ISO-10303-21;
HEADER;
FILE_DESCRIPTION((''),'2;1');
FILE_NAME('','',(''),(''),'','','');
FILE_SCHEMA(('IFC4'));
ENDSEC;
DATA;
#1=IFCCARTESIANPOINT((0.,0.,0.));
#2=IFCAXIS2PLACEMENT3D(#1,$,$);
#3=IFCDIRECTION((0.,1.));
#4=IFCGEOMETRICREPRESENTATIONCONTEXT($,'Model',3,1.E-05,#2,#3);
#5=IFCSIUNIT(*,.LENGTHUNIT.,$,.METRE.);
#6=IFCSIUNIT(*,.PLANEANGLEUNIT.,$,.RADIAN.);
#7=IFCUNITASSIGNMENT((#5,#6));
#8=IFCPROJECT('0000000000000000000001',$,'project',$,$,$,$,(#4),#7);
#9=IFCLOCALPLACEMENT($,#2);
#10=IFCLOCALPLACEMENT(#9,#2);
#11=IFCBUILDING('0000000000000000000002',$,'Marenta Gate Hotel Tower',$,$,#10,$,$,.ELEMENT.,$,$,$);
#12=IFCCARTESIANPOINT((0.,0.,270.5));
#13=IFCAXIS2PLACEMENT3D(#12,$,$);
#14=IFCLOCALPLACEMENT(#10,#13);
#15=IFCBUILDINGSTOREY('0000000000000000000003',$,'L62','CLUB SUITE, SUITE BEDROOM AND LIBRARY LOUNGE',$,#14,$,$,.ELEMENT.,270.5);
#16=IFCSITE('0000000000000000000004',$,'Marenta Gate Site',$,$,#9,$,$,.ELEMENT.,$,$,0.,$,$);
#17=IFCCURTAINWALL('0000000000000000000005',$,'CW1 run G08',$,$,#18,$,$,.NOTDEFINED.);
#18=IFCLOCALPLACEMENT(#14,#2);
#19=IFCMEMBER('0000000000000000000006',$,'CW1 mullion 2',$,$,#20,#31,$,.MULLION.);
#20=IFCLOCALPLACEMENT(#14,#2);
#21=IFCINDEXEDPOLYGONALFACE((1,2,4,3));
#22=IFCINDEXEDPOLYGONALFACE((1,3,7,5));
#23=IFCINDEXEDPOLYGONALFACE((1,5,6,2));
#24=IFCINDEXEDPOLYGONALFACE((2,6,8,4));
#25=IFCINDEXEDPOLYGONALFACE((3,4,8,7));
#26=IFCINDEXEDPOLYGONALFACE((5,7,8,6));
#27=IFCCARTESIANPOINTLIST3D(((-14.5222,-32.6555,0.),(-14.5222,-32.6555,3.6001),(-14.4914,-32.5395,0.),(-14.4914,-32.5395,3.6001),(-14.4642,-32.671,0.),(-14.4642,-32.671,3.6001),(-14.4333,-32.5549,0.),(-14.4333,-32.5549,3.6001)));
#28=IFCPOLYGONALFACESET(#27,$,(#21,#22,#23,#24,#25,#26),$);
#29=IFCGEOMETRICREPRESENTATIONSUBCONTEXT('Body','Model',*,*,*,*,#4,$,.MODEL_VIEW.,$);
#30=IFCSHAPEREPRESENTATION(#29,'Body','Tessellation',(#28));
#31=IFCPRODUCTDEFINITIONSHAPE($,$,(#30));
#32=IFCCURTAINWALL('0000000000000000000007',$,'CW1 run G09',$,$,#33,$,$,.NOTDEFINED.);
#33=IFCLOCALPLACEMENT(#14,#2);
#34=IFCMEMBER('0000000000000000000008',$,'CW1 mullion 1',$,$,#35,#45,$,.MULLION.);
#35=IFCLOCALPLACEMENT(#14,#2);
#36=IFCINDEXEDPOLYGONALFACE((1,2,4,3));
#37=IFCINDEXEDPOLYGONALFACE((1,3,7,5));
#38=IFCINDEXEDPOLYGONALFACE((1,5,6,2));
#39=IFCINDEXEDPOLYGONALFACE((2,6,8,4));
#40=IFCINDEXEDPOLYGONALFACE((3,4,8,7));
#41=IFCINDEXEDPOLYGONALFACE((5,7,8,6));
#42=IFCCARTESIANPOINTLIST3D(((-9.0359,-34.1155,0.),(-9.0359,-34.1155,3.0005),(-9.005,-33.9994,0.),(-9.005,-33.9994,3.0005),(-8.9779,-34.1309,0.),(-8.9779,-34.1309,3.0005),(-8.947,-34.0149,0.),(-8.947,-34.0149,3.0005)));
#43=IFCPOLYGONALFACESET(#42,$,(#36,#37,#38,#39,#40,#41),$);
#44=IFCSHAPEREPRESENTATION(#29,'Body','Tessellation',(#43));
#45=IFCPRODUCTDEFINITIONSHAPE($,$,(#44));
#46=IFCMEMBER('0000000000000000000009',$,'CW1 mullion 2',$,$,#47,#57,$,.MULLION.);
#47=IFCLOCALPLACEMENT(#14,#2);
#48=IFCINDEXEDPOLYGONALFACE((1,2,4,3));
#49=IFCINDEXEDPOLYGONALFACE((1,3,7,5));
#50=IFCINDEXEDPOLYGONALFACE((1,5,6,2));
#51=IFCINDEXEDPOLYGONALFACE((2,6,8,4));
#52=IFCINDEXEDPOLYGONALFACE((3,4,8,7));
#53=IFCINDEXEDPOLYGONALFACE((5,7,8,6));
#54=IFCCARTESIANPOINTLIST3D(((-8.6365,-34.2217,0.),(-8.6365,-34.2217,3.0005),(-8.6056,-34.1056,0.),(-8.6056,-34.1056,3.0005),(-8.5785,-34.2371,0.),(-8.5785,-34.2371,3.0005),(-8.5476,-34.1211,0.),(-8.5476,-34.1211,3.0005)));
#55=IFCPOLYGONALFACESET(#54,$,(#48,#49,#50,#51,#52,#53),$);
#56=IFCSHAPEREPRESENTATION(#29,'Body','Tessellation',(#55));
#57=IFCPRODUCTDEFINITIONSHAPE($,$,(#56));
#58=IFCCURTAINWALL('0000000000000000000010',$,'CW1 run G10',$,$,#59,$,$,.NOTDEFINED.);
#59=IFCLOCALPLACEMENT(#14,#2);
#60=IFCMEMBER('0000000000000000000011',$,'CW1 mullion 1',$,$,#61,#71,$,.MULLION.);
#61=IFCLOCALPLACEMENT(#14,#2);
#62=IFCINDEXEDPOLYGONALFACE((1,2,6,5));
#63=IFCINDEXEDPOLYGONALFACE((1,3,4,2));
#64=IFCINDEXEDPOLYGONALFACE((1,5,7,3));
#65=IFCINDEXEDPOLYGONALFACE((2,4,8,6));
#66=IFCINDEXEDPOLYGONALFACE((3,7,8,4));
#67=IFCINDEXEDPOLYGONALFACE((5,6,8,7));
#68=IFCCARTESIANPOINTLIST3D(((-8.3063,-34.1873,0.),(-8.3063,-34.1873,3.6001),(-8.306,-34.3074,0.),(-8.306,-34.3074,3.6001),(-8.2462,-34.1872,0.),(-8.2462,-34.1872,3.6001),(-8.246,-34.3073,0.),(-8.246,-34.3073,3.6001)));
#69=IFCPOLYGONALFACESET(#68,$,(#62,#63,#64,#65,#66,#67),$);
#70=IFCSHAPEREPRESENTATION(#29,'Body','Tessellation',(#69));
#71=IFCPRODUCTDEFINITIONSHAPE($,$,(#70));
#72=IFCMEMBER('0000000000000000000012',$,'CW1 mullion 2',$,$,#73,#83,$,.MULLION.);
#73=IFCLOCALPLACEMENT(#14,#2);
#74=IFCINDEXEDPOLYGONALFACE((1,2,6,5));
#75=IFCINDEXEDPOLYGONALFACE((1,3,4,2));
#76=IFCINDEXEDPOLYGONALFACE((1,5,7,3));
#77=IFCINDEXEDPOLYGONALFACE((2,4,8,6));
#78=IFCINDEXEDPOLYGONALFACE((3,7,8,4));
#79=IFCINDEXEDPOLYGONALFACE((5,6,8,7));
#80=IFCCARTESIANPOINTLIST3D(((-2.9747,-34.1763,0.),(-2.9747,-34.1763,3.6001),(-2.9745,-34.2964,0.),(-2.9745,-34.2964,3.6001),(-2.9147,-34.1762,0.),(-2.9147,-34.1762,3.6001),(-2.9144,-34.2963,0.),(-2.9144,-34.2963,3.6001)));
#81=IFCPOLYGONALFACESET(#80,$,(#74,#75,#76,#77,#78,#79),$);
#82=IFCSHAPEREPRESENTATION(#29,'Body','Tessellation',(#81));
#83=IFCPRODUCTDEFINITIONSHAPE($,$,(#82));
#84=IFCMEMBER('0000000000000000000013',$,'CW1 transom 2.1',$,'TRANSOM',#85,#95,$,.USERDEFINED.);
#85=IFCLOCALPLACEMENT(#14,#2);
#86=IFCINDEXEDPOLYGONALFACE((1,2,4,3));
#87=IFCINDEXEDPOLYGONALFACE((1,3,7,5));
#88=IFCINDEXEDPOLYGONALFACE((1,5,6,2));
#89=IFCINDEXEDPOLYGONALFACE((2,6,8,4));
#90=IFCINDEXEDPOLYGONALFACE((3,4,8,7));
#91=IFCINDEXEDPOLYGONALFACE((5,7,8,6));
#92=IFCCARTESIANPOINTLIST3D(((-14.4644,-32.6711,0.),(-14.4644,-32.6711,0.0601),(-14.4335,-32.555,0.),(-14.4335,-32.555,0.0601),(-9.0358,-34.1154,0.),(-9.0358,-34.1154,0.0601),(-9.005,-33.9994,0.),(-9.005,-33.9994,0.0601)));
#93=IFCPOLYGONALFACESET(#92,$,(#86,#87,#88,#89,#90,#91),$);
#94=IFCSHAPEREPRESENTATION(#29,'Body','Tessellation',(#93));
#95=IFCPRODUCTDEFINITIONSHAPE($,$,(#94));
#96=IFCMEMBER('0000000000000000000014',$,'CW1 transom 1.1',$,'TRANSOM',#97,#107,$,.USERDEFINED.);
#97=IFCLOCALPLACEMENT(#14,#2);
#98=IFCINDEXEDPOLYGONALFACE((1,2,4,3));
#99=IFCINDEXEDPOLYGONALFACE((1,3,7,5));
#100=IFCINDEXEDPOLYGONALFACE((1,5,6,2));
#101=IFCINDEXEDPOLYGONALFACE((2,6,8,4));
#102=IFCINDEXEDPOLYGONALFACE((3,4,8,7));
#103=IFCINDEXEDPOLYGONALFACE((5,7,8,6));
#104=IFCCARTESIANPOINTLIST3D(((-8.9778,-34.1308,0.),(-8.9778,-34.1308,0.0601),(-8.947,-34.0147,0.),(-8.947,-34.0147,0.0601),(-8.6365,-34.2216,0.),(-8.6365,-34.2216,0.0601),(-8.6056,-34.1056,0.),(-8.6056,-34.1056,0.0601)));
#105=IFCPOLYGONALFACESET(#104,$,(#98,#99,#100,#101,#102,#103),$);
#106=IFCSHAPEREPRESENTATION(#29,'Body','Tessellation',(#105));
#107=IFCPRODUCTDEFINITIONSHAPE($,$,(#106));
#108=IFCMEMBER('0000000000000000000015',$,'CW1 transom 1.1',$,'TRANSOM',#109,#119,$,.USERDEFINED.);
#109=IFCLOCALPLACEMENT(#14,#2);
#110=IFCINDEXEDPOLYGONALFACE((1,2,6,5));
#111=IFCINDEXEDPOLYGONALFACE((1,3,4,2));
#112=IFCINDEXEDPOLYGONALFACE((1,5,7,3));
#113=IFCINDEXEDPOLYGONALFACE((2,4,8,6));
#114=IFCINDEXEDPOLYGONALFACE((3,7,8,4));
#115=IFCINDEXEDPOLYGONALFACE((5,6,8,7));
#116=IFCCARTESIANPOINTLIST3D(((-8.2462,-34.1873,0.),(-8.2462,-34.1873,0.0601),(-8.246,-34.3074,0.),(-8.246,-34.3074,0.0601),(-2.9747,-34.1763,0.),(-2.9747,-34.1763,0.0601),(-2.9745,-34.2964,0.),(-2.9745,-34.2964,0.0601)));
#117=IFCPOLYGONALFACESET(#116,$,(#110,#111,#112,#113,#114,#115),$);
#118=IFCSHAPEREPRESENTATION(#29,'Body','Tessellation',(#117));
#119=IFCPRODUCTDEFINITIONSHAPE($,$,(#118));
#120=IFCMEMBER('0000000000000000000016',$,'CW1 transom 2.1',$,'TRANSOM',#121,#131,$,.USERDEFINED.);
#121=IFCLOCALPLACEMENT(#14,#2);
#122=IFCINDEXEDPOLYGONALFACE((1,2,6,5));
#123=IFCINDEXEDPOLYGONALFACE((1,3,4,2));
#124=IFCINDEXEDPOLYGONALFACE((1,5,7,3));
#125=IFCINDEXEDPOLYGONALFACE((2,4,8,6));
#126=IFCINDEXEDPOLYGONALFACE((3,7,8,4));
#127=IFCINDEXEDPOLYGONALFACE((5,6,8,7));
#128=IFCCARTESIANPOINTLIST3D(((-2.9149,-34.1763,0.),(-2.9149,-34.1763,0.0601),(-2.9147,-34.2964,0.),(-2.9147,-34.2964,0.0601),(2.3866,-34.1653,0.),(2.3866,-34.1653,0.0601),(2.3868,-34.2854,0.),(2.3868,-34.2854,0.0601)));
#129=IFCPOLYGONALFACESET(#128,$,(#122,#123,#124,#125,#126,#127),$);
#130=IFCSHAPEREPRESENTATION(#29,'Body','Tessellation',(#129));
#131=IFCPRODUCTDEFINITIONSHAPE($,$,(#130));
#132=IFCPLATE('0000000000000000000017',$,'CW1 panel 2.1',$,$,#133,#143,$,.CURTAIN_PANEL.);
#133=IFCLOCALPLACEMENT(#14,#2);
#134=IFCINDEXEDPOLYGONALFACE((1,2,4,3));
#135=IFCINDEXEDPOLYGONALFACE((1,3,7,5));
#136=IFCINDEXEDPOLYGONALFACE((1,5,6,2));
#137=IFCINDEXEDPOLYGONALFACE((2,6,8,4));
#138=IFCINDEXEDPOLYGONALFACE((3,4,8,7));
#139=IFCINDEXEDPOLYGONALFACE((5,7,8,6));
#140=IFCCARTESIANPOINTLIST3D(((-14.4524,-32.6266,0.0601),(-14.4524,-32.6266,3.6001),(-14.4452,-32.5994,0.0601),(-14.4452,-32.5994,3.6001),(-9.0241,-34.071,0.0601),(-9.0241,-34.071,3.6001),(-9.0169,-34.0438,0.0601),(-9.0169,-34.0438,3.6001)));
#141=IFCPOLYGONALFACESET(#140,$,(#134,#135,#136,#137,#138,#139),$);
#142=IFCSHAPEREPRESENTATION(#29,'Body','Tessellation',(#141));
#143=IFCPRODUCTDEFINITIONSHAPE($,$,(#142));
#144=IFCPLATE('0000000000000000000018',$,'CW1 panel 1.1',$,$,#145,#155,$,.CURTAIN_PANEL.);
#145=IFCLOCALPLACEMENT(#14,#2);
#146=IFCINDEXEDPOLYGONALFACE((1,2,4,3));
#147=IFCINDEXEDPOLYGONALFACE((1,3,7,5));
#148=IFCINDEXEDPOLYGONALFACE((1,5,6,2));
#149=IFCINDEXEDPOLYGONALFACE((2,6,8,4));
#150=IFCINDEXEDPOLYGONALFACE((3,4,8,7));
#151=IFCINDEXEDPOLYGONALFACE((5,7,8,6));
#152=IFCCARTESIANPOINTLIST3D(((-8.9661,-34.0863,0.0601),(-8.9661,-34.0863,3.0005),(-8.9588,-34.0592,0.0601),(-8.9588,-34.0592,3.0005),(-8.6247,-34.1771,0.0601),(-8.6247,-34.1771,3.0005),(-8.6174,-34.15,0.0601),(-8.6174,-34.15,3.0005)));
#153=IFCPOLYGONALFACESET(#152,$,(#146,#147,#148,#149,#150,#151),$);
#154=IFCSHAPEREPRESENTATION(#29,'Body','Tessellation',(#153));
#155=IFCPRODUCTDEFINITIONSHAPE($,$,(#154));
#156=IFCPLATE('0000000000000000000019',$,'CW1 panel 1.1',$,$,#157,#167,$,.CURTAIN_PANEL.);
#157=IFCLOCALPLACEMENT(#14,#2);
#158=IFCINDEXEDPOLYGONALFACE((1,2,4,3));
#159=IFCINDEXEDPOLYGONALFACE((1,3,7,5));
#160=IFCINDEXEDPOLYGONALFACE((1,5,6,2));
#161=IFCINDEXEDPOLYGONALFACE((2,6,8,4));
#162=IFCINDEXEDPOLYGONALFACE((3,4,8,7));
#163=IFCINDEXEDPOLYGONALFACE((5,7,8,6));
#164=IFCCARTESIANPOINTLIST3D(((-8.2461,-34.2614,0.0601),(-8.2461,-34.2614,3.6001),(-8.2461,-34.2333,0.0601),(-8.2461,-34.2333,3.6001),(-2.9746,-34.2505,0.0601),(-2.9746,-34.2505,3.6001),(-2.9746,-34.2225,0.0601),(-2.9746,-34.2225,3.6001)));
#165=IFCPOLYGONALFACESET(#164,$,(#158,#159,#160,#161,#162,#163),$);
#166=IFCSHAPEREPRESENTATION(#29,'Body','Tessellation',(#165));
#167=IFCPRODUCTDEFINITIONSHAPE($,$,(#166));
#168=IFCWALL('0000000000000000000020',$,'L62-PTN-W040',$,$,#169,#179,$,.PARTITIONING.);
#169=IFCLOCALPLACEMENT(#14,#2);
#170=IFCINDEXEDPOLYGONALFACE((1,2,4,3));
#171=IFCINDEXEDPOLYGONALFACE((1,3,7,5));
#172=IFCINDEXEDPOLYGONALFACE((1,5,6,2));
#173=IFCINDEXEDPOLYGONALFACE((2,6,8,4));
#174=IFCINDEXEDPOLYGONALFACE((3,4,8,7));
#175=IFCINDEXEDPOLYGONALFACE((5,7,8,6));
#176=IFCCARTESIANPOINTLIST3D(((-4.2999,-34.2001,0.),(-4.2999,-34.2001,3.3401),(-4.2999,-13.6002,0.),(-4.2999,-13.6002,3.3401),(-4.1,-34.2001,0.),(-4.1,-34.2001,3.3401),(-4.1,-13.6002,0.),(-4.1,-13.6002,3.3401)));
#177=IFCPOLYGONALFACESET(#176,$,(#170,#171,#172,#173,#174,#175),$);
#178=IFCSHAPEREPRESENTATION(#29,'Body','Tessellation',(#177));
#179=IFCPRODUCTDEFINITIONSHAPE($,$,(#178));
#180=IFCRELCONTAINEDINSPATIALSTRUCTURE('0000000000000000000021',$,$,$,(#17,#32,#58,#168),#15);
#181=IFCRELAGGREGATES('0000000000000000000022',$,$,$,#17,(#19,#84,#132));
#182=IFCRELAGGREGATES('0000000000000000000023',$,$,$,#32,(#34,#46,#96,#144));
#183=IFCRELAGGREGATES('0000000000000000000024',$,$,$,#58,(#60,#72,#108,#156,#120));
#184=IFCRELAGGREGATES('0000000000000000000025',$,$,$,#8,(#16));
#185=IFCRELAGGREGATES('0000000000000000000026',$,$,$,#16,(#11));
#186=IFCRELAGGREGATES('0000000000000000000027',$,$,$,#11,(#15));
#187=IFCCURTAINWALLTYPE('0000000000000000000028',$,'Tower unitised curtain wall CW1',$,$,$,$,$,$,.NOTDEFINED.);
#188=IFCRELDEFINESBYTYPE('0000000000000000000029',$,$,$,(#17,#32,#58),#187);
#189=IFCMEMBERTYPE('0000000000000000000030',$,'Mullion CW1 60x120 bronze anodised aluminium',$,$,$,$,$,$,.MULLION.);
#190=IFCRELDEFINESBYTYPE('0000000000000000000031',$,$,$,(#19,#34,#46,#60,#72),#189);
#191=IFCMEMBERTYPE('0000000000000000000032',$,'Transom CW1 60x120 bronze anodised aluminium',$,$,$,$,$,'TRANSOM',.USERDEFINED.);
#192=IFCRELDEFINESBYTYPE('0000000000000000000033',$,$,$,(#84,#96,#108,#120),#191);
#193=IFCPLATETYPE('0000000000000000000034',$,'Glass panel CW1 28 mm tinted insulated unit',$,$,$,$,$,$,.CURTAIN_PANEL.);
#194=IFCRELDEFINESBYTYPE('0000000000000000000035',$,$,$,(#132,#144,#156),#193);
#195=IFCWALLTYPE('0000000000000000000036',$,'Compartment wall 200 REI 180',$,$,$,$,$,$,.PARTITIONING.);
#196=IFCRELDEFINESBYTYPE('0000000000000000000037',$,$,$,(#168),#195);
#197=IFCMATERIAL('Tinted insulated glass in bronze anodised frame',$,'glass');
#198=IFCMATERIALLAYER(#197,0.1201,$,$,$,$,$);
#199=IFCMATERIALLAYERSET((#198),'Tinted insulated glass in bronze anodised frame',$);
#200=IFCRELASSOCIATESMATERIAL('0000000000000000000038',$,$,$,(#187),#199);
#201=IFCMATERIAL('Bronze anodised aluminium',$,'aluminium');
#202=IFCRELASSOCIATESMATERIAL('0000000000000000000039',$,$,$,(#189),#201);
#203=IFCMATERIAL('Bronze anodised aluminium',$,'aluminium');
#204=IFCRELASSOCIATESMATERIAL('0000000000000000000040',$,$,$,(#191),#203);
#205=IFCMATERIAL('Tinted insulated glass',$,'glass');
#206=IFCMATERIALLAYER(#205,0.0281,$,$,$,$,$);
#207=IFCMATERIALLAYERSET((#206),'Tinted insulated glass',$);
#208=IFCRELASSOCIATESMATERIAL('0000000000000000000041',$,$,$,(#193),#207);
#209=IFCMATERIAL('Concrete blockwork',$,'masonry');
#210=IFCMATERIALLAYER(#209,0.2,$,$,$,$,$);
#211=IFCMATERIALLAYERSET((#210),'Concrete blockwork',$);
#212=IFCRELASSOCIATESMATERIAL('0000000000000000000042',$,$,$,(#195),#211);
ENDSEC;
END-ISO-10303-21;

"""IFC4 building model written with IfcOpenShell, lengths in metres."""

from ifc_helpers import new_model, si_unit, direction, frame, frame_2d, origin, origin_2d, place, context, subcontext, project, spatial, rectangle, extrude, material, layer, layer_set, material_profile, profile_set, type_object, element, aggregate, save


model = new_model("IFC4")

# Units and contexts
model_context = context("Model", 3, precision=1e-05, world=origin(), true_north=direction((0.0, 1.0)))
body_context = subcontext(model_context, "Body", "Model", "MODEL_VIEW")
ifc_project = project(units=[si_unit("LENGTHUNIT", "METRE"), si_unit("PLANEANGLEUNIT", "RADIAN")], contexts=[model_context])

# Site, building, storey
site_placement = place(None, origin())
site = spatial("IfcSite", under=ifc_project, at=site_placement, Name="Marenta Gate Site", CompositionType="ELEMENT", RefElevation=0.0)
building_placement = place(site_placement, origin())
building = spatial("IfcBuilding", under=site, at=building_placement, Name="Marenta Gate Hotel Tower", CompositionType="ELEMENT")
storey_placement = place(building_placement, frame((0.0, 0.0, 270.5)))
storey = spatial("IfcBuildingStorey", under=building, at=storey_placement, Name="L62", Description="CLUB SUITE, SUITE BEDROOM AND LIBRARY LOUNGE", CompositionType="ELEMENT", Elevation=270.5)

# Curtain wall, member
ifc_material_1 = material(Name="Tinted insulated glass in bronze anodised frame", Category="glass")
ifc_layer_1 = layer(ifc_material_1, 0.1201)
ifc_layer_set_1 = layer_set([ifc_layer_1], Name="Tinted insulated glass in bronze anodised frame")
curtain_wall_type = type_object("IfcCurtainWallType", Name="Tower unitised curtain wall CW1", PredefinedType="NOTDEFINED", material=ifc_layer_set_1)
curtain_wall_1_placement = place(storey_placement, origin())
curtain_wall_1 = element("IfcCurtainWall", 1, at=curtain_wall_1_placement, inside=storey, type_object=curtain_wall_type, Name="CW1 run G08", PredefinedType="NOTDEFINED")
ifc_material_2 = material(Name="Bronze anodised aluminium", Category="aluminium")
ifc_material_profile_1 = material_profile(ifc_material_2, rectangle(XDim=0.1201, YDim=0.0601, at=origin_2d()), Name="Mullion CW1 60x120 bronze anodised aluminium")
ifc_profile_set_1 = profile_set([ifc_material_profile_1], Name="Bronze anodised aluminium")
member_type_1 = type_object("IfcMemberType", Name="Mullion CW1 60x120 bronze anodised aluminium", PredefinedType="MULLION", material=ifc_profile_set_1)
member_1_placement = place(storey_placement, frame((-14.4778, -32.6052, 0.0), z_axis=(0.0, 0.0, 1.0), x_axis=(0.257139, 0.966375, 0.0)))
member_1 = element("IfcMember", 2, at=member_1_placement, type_object=member_type_1, Name="CW1 mullion 2", PredefinedType="MULLION", context=body_context, shape_type="SweptSolid", body=[
    extrude(rectangle(XDim=0.1201, YDim=0.0601, at=origin_2d()), origin(), (0.0, 0.0, 1.0), 3.6001),
])

# Curtain walls, members
curtain_wall_2_placement = place(storey_placement, origin())
curtain_wall_2 = element("IfcCurtainWall", 3, at=curtain_wall_2_placement, inside=storey, type_object=curtain_wall_type, Name="CW1 run G09", PredefinedType="NOTDEFINED")
member_2_placement = place(storey_placement, frame((-8.9915, -34.0652, 0.0), z_axis=(0.0, 0.0, 1.0), x_axis=(0.257123, 0.966379, 0.0)))
member_2 = element("IfcMember", 4, at=member_2_placement, type_object=member_type_1, Name="CW1 mullion 1", PredefinedType="MULLION", context=body_context, shape_type="SweptSolid", body=[
    extrude(rectangle(XDim=0.1201, YDim=0.0601, at=origin_2d()), origin(), (0.0, 0.0, 1.0), 3.0005),
])
member_3_placement = place(storey_placement, frame((-8.592, -34.1714, 0.0), z_axis=(0.0, 0.0, 1.0), x_axis=(0.257123, 0.966379, 0.0)))
member_3 = element("IfcMember", 5, at=member_3_placement, type_object=member_type_1, Name="CW1 mullion 2", PredefinedType="MULLION", context=body_context, shape_type="SweptSolid", body=[
    extrude(rectangle(XDim=0.1201, YDim=0.0601, at=origin_2d()), origin(), (0.0, 0.0, 1.0), 3.0005),
])
curtain_wall_3_placement = place(storey_placement, origin())
curtain_wall_3 = element("IfcCurtainWall", 6, at=curtain_wall_3_placement, inside=storey, type_object=curtain_wall_type, Name="CW1 run G10", PredefinedType="NOTDEFINED")
member_4_placement = place(storey_placement, frame((-8.2761, -34.2473, 0.0), z_axis=(0.0, 0.0, 1.0), x_axis=(-0.002064, 0.999998, 0.0)))
member_4 = element("IfcMember", 7, at=member_4_placement, type_object=member_type_1, Name="CW1 mullion 1", PredefinedType="MULLION", context=body_context, shape_type="SweptSolid", body=[
    extrude(rectangle(XDim=0.1201, YDim=0.0601, at=origin_2d()), origin(), (0.0, 0.0, 1.0), 3.6001),
])
member_5_placement = place(storey_placement, frame((-2.9446, -34.2363, 0.0), z_axis=(0.0, 0.0, 1.0), x_axis=(-0.002064, 0.999998, 0.0)))
member_5 = element("IfcMember", 8, at=member_5_placement, type_object=member_type_1, Name="CW1 mullion 2", PredefinedType="MULLION", context=body_context, shape_type="SweptSolid", body=[
    extrude(rectangle(XDim=0.1201, YDim=0.0601, at=origin_2d()), origin(), (0.0, 0.0, 1.0), 3.6001),
])

# Members
ifc_material_3 = material(Name="Bronze anodised aluminium", Category="aluminium")
ifc_material_profile_2 = material_profile(ifc_material_3, rectangle(XDim=0.1201, YDim=0.0601, at=origin_2d()), Name="Transom CW1 60x120 bronze anodised aluminium")
ifc_profile_set_2 = profile_set([ifc_material_profile_2], Name="Bronze anodised aluminium")
member_type_2 = type_object("IfcMemberType", Name="Transom CW1 60x120 bronze anodised aluminium", ElementType="TRANSOM", PredefinedType="USERDEFINED", material=ifc_profile_set_2)
member_6_placement = place(storey_placement, frame((-14.449, -32.613, 0.03), z_axis=(0.966379, -0.257122, 0.0), x_axis=(0.257122, 0.966379, 0.0)))
member_6 = element("IfcMember", 9, at=member_6_placement, type_object=member_type_2, Name="CW1 transom 2.1", ObjectType="TRANSOM", PredefinedType="USERDEFINED", context=body_context, shape_type="SweptSolid", body=[
    extrude(rectangle(XDim=0.1201, YDim=0.0601, at=origin_2d()), origin(), (0.0, 0.0, 1.0), 5.6174),
])
member_7_placement = place(storey_placement, frame((-8.9624, -34.0728, 0.03), z_axis=(0.966372, -0.257146, 0.0), x_axis=(0.257146, 0.966372, 0.0)))
member_7 = element("IfcMember", 10, at=member_7_placement, type_object=member_type_2, Name="CW1 transom 1.1", ObjectType="TRANSOM", PredefinedType="USERDEFINED", context=body_context, shape_type="SweptSolid", body=[
    extrude(rectangle(XDim=0.1201, YDim=0.0601, at=origin_2d()), origin(), (0.0, 0.0, 1.0), 0.3533),
])
member_8_placement = place(storey_placement, frame((-8.2461, -34.2473, 0.03), z_axis=(0.999998, 0.002084, 0.0), x_axis=(-0.002084, 0.999998, 0.0)))
member_8 = element("IfcMember", 11, at=member_8_placement, type_object=member_type_2, Name="CW1 transom 1.1", ObjectType="TRANSOM", PredefinedType="USERDEFINED", context=body_context, shape_type="SweptSolid", body=[
    extrude(rectangle(XDim=0.1201, YDim=0.0601, at=origin_2d()), origin(), (0.0, 0.0, 1.0), 5.2715),
])
member_9_placement = place(storey_placement, frame((-2.9148, -34.2363, 0.03), z_axis=(0.999998, 0.002072, 0.0), x_axis=(-0.002072, 0.999998, 0.0)))
member_9 = element("IfcMember", 12, at=member_9_placement, type_object=member_type_2, Name="CW1 transom 2.1", ObjectType="TRANSOM", PredefinedType="USERDEFINED", context=body_context, shape_type="SweptSolid", body=[
    extrude(rectangle(XDim=0.1201, YDim=0.0601, at=origin_2d()), origin(), (0.0, 0.0, 1.0), 5.3015),
])

# Plates
ifc_material_4 = material(Name="Tinted insulated glass", Category="glass")
ifc_layer_2 = layer(ifc_material_4, 0.0281)
ifc_layer_set_2 = layer_set([ifc_layer_2], Name="Tinted insulated glass")
plate_type = type_object("IfcPlateType", Name="Glass panel CW1 28 mm tinted insulated unit", PredefinedType="CURTAIN_PANEL", material=ifc_layer_set_2)
plate_1_placement = place(storey_placement, frame((-11.7346, -33.3352, 0.0601), z_axis=(0.0, 0.0, 1.0), x_axis=(0.966375, -0.257139, 0.0)))
plate_1 = element("IfcPlate", 13, at=plate_1_placement, type_object=plate_type, Name="CW1 panel 2.1", PredefinedType="CURTAIN_PANEL", context=body_context, shape_type="SweptSolid", body=[
    extrude(rectangle(XDim=5.6172, YDim=0.0281, at=origin_2d()), origin(), (0.0, 0.0, 1.0), 3.54),
])
aggregate(curtain_wall_1, [member_1, member_6, plate_1])
plate_2_placement = place(storey_placement, frame((-8.7917, -34.1182, 0.0601), z_axis=(0.0, 0.0, 1.0), x_axis=(0.966379, -0.257123, 0.0)))
plate_2 = element("IfcPlate", 14, at=plate_2_placement, type_object=plate_type, Name="CW1 panel 1.1", PredefinedType="CURTAIN_PANEL", context=body_context, shape_type="SweptSolid", body=[
    extrude(rectangle(XDim=0.3533, YDim=0.0281, at=origin_2d()), origin(), (0.0, 0.0, 1.0), 2.9404),
])
aggregate(curtain_wall_2, [member_2, member_3, member_7, plate_2])
plate_3_placement = place(storey_placement, frame((-5.6104, -34.2419, 0.0601), z_axis=(0.0, 0.0, 1.0), x_axis=(0.999998, 0.002064, 0.0)))
plate_3 = element("IfcPlate", 15, at=plate_3_placement, type_object=plate_type, Name="CW1 panel 1.1", PredefinedType="CURTAIN_PANEL", context=body_context, shape_type="SweptSolid", body=[
    extrude(rectangle(XDim=5.2715, YDim=0.0281, at=origin_2d()), origin(), (0.0, 0.0, 1.0), 3.54),
])
aggregate(curtain_wall_3, [member_4, member_5, member_8, plate_3, member_9])

# Wall
ifc_material_5 = material(Name="Concrete blockwork", Category="masonry")
ifc_layer_3 = layer(ifc_material_5, 0.2)
ifc_layer_set_3 = layer_set([ifc_layer_3], Name="Concrete blockwork")
wall_type_1 = type_object("IfcWallType", Name="Compartment wall 200 REI 180", PredefinedType="PARTITIONING", material=ifc_layer_set_3)
wall_1_placement = place(storey_placement, frame((-4.2, -34.2, 0.0), z_axis=(0.0, 0.0, 1.0), x_axis=(0.0, 1.0, 0.0)))
element("IfcWall", 16, at=wall_1_placement, inside=storey, type_object=wall_type_1, Name="L62-PTN-W040", PredefinedType="PARTITIONING", context=body_context, shape_type="SweptSolid", body=[
    extrude(rectangle(XDim=20.5999, YDim=0.2, at=frame_2d((10.2998, 0.0))), origin(), (0.0, 0.0, 1.0), 3.3401),
])

save(model, "model.ifc")
